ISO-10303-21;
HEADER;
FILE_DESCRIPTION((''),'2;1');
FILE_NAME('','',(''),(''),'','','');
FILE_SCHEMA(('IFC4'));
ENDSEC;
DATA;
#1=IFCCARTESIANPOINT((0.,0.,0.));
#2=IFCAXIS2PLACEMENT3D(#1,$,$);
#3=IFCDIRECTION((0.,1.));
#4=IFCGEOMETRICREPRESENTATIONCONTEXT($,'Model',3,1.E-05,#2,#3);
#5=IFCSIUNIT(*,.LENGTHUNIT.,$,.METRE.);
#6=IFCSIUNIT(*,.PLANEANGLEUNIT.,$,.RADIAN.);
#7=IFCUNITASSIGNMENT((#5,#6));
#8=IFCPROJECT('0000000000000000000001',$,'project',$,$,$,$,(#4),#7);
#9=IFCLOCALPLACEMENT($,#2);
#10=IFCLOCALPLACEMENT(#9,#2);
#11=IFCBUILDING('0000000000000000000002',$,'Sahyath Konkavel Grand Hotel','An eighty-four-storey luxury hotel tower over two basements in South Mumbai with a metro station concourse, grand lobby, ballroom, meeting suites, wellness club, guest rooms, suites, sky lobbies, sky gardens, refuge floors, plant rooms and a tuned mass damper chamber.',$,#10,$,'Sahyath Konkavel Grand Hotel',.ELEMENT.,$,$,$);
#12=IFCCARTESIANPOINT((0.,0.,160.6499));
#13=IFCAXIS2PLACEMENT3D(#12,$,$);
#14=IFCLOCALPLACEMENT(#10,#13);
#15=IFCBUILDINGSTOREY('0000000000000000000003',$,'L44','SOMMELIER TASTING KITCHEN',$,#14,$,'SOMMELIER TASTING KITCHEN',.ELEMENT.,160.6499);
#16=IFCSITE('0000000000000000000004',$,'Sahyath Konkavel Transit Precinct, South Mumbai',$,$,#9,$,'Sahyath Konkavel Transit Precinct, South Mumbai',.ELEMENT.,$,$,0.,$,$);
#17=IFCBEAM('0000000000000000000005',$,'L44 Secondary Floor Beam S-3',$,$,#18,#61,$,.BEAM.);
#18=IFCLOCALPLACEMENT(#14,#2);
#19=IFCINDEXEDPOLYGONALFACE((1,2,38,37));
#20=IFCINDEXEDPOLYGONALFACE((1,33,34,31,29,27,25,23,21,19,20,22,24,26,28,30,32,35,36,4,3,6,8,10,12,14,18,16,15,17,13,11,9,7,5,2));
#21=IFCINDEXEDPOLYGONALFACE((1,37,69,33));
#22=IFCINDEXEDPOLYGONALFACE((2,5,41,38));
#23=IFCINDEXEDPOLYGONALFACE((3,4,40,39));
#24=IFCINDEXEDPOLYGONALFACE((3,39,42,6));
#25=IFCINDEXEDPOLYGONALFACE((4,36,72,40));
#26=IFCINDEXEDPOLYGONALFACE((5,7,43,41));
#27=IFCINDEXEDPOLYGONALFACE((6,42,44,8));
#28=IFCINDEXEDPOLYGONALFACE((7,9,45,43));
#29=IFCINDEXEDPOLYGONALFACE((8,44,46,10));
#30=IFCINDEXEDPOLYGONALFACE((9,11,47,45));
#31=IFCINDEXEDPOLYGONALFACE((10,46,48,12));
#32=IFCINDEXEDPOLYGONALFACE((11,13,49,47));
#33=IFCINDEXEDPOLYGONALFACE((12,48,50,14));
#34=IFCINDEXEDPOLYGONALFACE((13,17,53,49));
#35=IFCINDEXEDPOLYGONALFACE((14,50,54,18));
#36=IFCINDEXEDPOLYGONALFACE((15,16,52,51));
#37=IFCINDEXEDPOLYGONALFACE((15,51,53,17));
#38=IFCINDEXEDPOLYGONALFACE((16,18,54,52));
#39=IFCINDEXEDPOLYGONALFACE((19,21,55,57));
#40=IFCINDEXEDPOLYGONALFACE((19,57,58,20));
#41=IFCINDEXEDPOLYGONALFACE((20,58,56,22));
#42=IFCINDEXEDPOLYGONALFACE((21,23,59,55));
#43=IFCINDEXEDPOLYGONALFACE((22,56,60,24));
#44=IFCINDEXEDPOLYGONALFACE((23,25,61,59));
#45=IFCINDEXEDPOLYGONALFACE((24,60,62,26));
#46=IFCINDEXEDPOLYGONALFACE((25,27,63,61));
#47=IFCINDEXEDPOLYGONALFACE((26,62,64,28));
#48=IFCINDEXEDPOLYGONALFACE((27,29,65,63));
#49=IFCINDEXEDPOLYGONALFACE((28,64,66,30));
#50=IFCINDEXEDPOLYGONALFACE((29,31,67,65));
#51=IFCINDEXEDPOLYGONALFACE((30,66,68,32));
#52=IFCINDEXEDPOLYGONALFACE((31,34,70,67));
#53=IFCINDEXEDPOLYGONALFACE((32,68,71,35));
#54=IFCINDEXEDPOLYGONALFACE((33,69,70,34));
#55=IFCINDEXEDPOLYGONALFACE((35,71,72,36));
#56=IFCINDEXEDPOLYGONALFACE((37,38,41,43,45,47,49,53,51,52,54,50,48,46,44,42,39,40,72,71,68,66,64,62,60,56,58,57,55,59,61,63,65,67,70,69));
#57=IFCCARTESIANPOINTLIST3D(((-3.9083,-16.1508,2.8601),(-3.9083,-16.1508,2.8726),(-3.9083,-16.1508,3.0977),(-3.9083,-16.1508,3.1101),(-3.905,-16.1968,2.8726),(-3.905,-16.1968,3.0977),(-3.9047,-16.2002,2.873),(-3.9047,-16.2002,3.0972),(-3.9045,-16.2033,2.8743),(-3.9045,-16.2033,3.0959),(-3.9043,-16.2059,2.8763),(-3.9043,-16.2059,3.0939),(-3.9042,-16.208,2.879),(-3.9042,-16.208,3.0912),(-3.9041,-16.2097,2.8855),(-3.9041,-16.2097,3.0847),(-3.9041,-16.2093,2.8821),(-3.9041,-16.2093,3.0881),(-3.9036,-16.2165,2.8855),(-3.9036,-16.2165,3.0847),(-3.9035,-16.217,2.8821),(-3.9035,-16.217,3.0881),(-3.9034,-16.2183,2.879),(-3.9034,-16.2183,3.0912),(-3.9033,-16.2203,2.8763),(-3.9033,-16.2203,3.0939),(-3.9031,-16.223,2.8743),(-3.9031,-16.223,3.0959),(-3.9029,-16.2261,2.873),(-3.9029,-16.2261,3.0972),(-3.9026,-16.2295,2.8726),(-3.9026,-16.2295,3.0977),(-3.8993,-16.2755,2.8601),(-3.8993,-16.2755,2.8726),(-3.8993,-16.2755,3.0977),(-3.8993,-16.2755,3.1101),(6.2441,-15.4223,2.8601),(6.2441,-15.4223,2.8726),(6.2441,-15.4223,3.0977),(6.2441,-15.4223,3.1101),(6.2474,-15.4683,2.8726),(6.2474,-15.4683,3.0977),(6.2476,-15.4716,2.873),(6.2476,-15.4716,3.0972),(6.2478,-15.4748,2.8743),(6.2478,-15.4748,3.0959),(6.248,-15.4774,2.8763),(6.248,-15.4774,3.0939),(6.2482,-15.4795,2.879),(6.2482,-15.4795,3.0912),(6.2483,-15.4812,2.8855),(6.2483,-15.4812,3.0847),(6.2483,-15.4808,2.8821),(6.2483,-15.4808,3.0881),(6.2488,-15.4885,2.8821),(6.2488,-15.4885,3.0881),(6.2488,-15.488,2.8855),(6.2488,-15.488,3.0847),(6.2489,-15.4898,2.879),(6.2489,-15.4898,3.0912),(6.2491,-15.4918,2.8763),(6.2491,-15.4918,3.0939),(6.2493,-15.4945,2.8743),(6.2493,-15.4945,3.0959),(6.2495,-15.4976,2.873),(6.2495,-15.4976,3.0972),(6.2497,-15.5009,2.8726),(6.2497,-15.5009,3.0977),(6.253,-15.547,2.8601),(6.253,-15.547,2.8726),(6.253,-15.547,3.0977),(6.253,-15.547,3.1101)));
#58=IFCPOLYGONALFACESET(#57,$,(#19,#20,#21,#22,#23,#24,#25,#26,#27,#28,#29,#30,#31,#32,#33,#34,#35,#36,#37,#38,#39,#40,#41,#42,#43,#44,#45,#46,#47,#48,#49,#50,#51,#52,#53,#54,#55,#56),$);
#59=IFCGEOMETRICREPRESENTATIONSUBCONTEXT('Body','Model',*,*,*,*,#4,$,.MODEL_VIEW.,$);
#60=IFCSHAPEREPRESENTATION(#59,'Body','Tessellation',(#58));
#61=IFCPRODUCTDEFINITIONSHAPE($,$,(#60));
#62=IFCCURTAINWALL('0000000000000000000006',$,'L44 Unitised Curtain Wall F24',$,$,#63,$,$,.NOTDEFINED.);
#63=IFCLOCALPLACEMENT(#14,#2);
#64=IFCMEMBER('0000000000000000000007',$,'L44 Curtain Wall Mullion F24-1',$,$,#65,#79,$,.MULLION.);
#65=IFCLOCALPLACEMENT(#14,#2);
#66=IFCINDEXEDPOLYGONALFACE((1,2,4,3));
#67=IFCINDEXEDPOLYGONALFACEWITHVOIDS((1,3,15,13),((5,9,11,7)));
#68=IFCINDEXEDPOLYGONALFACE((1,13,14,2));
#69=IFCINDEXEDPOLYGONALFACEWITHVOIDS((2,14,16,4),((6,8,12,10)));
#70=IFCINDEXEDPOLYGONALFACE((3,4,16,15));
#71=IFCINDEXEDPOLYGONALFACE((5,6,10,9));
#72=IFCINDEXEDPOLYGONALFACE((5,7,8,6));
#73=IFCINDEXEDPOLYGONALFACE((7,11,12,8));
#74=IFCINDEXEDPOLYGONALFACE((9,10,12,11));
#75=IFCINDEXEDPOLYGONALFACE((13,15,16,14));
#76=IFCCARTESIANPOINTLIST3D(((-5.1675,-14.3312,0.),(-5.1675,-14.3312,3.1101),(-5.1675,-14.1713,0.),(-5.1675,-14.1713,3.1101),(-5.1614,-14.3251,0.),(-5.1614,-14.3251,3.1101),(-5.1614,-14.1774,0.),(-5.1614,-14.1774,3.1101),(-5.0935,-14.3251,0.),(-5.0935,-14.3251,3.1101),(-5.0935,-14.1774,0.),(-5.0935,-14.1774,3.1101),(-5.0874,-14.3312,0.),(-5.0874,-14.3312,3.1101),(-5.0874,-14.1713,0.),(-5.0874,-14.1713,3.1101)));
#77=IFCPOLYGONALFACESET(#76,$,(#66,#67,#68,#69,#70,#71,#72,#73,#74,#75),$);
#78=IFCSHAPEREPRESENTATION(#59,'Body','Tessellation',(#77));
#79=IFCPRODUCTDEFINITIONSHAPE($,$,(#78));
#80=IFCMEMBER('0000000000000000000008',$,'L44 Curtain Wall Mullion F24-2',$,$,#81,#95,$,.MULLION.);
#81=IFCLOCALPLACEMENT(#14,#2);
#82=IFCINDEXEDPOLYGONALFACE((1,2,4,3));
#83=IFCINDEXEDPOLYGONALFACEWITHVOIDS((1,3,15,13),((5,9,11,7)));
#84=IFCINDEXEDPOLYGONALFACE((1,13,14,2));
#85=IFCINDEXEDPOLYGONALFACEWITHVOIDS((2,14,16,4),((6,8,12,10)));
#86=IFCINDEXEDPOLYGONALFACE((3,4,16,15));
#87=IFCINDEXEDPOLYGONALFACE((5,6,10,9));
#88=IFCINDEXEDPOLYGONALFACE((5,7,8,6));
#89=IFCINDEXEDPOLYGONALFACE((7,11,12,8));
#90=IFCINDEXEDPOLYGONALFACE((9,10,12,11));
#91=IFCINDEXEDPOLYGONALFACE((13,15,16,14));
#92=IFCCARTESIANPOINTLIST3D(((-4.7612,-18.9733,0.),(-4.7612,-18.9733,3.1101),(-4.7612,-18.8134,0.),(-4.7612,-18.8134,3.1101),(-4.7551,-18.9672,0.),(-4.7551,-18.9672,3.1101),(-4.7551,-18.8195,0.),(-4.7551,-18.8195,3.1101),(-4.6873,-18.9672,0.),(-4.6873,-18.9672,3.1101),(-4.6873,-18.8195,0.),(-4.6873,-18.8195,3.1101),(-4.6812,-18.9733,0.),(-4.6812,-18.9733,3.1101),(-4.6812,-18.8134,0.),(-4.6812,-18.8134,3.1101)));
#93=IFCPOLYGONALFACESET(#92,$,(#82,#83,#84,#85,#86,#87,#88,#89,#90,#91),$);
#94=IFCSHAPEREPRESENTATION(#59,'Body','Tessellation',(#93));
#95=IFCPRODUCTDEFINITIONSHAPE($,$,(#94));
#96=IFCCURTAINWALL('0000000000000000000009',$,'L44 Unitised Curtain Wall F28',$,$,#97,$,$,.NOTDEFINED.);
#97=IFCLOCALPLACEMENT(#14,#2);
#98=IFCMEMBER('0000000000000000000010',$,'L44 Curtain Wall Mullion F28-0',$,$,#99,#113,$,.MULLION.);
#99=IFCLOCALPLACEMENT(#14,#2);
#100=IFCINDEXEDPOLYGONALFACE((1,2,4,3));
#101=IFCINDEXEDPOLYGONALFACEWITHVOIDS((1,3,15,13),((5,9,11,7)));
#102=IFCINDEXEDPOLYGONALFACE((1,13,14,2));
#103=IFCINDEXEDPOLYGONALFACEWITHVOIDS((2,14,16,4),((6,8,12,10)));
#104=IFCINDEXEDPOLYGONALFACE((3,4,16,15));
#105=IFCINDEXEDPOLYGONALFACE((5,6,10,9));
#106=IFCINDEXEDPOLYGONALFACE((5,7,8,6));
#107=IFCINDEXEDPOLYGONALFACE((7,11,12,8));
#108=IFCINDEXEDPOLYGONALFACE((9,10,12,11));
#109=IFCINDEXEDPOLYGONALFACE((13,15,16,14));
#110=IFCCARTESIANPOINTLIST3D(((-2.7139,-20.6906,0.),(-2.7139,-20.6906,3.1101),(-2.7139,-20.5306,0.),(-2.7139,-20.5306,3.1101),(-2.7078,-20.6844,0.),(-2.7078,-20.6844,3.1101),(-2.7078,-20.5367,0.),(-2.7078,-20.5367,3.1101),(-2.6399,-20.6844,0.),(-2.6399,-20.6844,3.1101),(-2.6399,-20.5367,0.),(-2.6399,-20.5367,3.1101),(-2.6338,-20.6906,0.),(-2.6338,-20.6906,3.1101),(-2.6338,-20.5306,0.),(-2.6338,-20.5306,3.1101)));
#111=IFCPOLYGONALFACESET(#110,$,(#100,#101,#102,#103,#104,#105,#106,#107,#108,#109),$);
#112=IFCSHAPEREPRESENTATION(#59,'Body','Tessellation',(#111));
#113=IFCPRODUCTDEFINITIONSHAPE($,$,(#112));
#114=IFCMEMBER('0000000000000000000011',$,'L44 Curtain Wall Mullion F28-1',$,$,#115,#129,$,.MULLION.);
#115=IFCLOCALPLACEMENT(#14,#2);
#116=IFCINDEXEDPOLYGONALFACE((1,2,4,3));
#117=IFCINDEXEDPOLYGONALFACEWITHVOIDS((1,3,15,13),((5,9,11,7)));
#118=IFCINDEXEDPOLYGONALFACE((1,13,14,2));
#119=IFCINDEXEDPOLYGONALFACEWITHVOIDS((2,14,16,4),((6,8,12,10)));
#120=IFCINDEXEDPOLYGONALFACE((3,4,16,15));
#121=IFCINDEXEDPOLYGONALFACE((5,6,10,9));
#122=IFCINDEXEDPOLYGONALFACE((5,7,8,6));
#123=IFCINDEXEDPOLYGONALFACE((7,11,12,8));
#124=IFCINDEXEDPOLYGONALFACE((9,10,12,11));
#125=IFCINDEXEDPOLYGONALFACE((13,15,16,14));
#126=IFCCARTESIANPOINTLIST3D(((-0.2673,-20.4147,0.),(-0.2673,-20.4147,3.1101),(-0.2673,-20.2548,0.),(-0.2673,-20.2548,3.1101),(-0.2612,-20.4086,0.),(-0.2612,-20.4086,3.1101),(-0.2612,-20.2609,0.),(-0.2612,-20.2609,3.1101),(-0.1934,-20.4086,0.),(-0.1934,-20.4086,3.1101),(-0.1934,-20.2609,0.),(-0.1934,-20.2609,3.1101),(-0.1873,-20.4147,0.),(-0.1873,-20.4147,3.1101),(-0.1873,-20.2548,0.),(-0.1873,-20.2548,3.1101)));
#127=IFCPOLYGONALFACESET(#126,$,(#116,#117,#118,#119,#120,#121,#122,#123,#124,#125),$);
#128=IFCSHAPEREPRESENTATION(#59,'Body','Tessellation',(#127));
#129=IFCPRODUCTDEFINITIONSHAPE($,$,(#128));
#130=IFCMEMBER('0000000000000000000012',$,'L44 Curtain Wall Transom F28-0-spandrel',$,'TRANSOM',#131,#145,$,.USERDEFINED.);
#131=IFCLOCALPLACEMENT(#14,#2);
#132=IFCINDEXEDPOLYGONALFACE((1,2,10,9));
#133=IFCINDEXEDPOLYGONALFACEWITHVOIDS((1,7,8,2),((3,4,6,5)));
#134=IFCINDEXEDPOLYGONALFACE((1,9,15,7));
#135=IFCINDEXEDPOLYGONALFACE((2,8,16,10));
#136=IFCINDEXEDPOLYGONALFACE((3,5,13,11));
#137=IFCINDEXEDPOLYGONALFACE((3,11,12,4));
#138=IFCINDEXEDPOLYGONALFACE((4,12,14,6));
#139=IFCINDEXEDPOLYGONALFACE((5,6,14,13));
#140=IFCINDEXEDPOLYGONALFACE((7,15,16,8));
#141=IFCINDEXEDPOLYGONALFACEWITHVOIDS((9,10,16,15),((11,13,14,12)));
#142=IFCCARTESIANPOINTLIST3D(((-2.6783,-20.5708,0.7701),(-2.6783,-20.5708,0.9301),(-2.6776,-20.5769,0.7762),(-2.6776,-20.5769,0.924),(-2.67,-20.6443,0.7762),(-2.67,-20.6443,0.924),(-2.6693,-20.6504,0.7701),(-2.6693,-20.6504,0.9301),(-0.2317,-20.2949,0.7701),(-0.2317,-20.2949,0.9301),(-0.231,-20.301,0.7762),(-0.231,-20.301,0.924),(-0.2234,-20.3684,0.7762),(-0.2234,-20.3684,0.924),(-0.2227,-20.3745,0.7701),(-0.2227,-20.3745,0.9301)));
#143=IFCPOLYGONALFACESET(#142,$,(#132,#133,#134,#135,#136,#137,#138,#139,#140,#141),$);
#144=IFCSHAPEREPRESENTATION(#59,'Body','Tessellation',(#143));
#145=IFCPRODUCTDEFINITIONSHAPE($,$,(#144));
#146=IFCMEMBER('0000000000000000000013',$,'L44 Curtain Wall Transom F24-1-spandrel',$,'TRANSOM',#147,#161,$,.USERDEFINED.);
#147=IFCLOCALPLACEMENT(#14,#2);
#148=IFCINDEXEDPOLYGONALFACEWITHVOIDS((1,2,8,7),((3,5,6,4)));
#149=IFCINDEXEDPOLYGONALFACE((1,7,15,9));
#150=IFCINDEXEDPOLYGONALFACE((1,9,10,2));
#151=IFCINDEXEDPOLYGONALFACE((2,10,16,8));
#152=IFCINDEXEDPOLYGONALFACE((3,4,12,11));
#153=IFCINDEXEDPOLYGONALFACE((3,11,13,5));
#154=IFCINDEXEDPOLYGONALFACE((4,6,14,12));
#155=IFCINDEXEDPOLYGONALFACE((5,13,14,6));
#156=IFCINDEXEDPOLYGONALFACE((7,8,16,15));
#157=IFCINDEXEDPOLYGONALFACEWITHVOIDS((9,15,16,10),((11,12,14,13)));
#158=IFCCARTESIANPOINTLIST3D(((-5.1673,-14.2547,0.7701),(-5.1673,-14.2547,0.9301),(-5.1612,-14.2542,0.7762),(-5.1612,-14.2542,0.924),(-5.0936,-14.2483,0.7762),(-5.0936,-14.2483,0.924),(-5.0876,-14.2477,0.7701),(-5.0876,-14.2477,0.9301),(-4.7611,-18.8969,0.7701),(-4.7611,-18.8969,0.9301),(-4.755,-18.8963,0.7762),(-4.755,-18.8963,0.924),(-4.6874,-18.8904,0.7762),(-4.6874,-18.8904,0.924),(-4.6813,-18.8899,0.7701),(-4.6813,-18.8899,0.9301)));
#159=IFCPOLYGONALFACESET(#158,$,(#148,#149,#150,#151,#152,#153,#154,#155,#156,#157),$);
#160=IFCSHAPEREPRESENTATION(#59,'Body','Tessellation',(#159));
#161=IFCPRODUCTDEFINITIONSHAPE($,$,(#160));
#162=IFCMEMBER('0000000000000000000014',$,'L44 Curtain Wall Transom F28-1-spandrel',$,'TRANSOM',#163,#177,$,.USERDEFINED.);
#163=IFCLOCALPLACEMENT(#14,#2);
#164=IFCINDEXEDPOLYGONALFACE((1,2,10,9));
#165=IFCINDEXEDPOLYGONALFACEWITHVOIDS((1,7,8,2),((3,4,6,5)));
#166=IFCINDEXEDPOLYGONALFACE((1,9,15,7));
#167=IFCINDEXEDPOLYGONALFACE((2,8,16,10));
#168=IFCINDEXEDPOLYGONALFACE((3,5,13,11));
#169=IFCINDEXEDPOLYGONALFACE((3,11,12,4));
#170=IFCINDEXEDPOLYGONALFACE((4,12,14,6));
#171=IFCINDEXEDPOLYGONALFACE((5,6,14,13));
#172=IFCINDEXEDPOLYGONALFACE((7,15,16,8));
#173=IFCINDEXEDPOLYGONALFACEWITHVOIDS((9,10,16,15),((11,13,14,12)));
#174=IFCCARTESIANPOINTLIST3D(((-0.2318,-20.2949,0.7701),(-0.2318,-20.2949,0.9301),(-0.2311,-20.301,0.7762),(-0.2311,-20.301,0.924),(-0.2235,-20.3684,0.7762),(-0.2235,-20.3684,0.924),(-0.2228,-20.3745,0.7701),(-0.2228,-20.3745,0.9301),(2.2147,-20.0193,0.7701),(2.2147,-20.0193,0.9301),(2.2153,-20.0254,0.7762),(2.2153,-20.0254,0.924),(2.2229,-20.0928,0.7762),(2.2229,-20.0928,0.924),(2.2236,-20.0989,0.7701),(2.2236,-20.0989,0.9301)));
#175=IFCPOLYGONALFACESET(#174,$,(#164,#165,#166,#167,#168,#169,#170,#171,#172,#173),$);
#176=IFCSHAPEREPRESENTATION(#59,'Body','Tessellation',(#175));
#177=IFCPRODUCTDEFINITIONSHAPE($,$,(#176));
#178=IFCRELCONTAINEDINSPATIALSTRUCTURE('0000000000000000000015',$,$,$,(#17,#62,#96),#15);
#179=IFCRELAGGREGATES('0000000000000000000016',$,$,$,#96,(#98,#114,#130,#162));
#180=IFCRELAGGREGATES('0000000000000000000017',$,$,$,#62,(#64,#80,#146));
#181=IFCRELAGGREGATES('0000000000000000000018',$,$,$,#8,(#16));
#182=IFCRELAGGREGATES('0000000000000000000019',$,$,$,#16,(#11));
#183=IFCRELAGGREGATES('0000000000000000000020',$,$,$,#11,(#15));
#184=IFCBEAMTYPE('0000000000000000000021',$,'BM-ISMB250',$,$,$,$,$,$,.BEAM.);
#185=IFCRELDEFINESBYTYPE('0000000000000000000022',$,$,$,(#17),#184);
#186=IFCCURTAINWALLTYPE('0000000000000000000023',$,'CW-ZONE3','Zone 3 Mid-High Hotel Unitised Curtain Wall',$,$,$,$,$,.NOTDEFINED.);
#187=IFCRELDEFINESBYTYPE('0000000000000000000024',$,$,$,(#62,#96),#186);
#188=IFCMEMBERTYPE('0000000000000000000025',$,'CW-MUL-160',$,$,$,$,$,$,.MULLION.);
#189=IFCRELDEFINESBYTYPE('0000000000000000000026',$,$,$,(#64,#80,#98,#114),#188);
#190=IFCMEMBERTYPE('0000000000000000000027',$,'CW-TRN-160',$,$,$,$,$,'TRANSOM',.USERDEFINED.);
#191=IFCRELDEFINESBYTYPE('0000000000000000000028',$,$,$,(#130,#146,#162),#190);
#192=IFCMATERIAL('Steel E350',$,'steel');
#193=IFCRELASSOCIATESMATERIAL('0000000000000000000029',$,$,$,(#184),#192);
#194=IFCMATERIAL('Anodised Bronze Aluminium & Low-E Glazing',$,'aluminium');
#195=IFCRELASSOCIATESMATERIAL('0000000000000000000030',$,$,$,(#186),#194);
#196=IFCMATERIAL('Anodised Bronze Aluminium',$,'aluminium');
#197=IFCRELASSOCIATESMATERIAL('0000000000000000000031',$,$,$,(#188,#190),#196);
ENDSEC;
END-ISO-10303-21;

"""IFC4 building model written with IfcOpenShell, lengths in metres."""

from ifc_helpers import new_model, si_unit, direction, frame, origin, origin_2d, place, context, subcontext, project, spatial, hollow_rectangle, i_section, extrude, source, transform, mapped, material, material_profile, profile_set, type_object, element, aggregate, save


model = new_model("IFC4")

# Units and contexts
model_context = context("Model", 3, precision=1e-05, world=origin(), true_north=direction((0.0, 1.0)))
body_context = subcontext(model_context, "Body", "Model", "MODEL_VIEW")
ifc_project = project(units=[si_unit("LENGTHUNIT", "METRE"), si_unit("PLANEANGLEUNIT", "RADIAN")], contexts=[model_context])

# Site, building, storey
site_placement = place(None, origin())
site = spatial("IfcSite", under=ifc_project, at=site_placement, Name="Sahyath Konkavel Transit Precinct, South Mumbai", LongName="Sahyath Konkavel Transit Precinct, South Mumbai", CompositionType="ELEMENT", RefElevation=0.0)
building_placement = place(site_placement, origin())
building = spatial("IfcBuilding", under=site, at=building_placement, Name="Sahyath Konkavel Grand Hotel", Description="An eighty-four-storey luxury hotel tower over two basements in South Mumbai with a metro station concourse, grand lobby, ballroom, meeting suites, wellness club, guest rooms, suites, sky lobbies, sky gardens, refuge floors, plant rooms and a tuned mass damper chamber.", LongName="Sahyath Konkavel Grand Hotel", CompositionType="ELEMENT")
storey_placement = place(building_placement, frame((0.0, 0.0, 160.6499)))
storey = spatial("IfcBuildingStorey", under=building, at=storey_placement, Name="L44", Description="SOMMELIER TASTING KITCHEN", LongName="SOMMELIER TASTING KITCHEN", CompositionType="ELEMENT", Elevation=160.6499)

# Beam
ifc_material_1 = material(Name="Steel E350", Category="steel")
ifc_material_profile_1 = material_profile(ifc_material_1, i_section(OverallWidth=0.125, OverallDepth=0.25, WebThickness=0.0068, FlangeThickness=0.0125, FilletRadius=0.0129, at=origin_2d()), Name="ISMB 250")
ifc_profile_set_1 = profile_set([ifc_material_profile_1], Name="Steel E350")
beam_type_1 = type_object("IfcBeamType", Name="BM-ISMB250", PredefinedType="BEAM", material=ifc_profile_set_1)
shared_shape_1 = source(origin(), body_context, "Body", "SweptSolid", [
    extrude(i_section(OverallWidth=0.125, OverallDepth=0.25, WebThickness=0.0068, FlangeThickness=0.0125, FilletRadius=0.0129, at=origin_2d()), origin(), (0.0, 0.0, 1.0), 10.1785),
])
beam_1_placement = place(storey_placement, frame((-3.9038, -16.2131, 2.9851), z_axis=(0.997435, 0.071574, 0.0), x_axis=(-0.071574, 0.997435, 0.0)))
element("IfcBeam", 1, at=beam_1_placement, inside=storey, type_object=beam_type_1, Name="L44 Secondary Floor Beam S-3", PredefinedType="BEAM", context=body_context, shape_type="MappedRepresentation", body=[
    mapped(shared_shape_1, transform((0.0, 0.0, 0.0), scale=1.0)),
])

# Curtain walls, members
ifc_material_2 = material(Name="Anodised Bronze Aluminium & Low-E Glazing", Category="aluminium")
curtain_wall_type = type_object("IfcCurtainWallType", Name="CW-ZONE3", Description="Zone 3 Mid-High Hotel Unitised Curtain Wall", PredefinedType="NOTDEFINED", material=ifc_material_2)
curtain_wall_1_placement = place(storey_placement, origin())
curtain_wall_1 = element("IfcCurtainWall", 2, at=curtain_wall_1_placement, inside=storey, type_object=curtain_wall_type, Name="L44 Unitised Curtain Wall F24", PredefinedType="NOTDEFINED")
ifc_material_3 = material(Name="Anodised Bronze Aluminium", Category="aluminium")
ifc_material_profile_2 = material_profile(ifc_material_3, hollow_rectangle(XDim=0.0801, YDim=0.1599, WallThickness=0.0061, at=origin_2d()), Name="RHS 160x80x6")
ifc_profile_set_2 = profile_set([ifc_material_profile_2], Name="Anodised Bronze Aluminium")
member_type_1 = type_object("IfcMemberType", Name="CW-MUL-160", PredefinedType="MULLION", material=ifc_profile_set_2)
shared_shape_2 = source(origin(), body_context, "Body", "SweptSolid", [
    extrude(hollow_rectangle(XDim=0.0801, YDim=0.1599, WallThickness=0.0061, at=origin_2d()), origin(), (0.0, 0.0, 1.0), 3.1101),
])
member_1_placement = place(storey_placement, frame((-5.1274, -14.2512, 0.0), z_axis=(0.0, 0.0, 1.0), x_axis=(1.0, 0.0, 0.0)))
member_1 = element("IfcMember", 3, at=member_1_placement, type_object=member_type_1, Name="L44 Curtain Wall Mullion F24-1", PredefinedType="MULLION", context=body_context, shape_type="MappedRepresentation", body=[
    mapped(shared_shape_2, transform((0.0, 0.0, 0.0), scale=1.0)),
])
member_2_placement = place(storey_placement, frame((-4.7212, -18.8933, 0.0), z_axis=(0.0, 0.0, 1.0), x_axis=(1.0, 0.0, 0.0)))
member_2 = element("IfcMember", 4, at=member_2_placement, type_object=member_type_1, Name="L44 Curtain Wall Mullion F24-2", PredefinedType="MULLION", context=body_context, shape_type="MappedRepresentation", body=[
    mapped(shared_shape_2, transform((0.0, 0.0, 0.0), scale=1.0)),
])
curtain_wall_2_placement = place(storey_placement, origin())
curtain_wall_2 = element("IfcCurtainWall", 5, at=curtain_wall_2_placement, inside=storey, type_object=curtain_wall_type, Name="L44 Unitised Curtain Wall F28", PredefinedType="NOTDEFINED")
member_3_placement = place(storey_placement, frame((-2.6738, -20.6106, 0.0), z_axis=(0.0, 0.0, 1.0), x_axis=(1.0, 0.0, 0.0)))
member_3 = element("IfcMember", 6, at=member_3_placement, type_object=member_type_1, Name="L44 Curtain Wall Mullion F28-0", PredefinedType="MULLION", context=body_context, shape_type="MappedRepresentation", body=[
    mapped(shared_shape_2, transform((0.0, 0.0, 0.0), scale=1.0)),
])
member_4_placement = place(storey_placement, frame((-0.2273, -20.3347, 0.0), z_axis=(0.0, 0.0, 1.0), x_axis=(1.0, 0.0, 0.0)))
member_4 = element("IfcMember", 7, at=member_4_placement, type_object=member_type_1, Name="L44 Curtain Wall Mullion F28-1", PredefinedType="MULLION", context=body_context, shape_type="MappedRepresentation", body=[
    mapped(shared_shape_2, transform((0.0, 0.0, 0.0), scale=1.0)),
])
ifc_material_profile_3 = material_profile(ifc_material_3, hollow_rectangle(XDim=0.0801, YDim=0.1599, WallThickness=0.0061, at=origin_2d()), Name="RHS 160x80x6")
ifc_profile_set_3 = profile_set([ifc_material_profile_3], Name="Anodised Bronze Aluminium")
member_type_2 = type_object("IfcMemberType", Name="CW-TRN-160", ElementType="TRANSOM", PredefinedType="USERDEFINED", material=ifc_profile_set_3)
shared_shape_3 = source(origin(), body_context, "Body", "SweptSolid", [
    extrude(hollow_rectangle(XDim=0.0801, YDim=0.1599, WallThickness=0.0061, at=origin_2d()), origin(), (0.0, 0.0, 1.0), 2.4622),
])
member_5_placement = place(storey_placement, frame((-2.6738, -20.6106, 0.8501), z_axis=(0.993702, 0.112053, 0.0), x_axis=(-0.112053, 0.993702, 0.0)))
member_5 = element("IfcMember", 8, at=member_5_placement, type_object=member_type_2, Name="L44 Curtain Wall Transom F28-0-spandrel", ObjectType="TRANSOM", PredefinedType="USERDEFINED", context=body_context, shape_type="MappedRepresentation", body=[
    mapped(shared_shape_3, transform((0.0, 0.0, 0.0), scale=1.0)),
])

# Members
shared_shape_4 = source(origin(), body_context, "Body", "SweptSolid", [
    extrude(hollow_rectangle(XDim=0.0801, YDim=0.1599, WallThickness=0.0061, at=origin_2d()), origin(), (0.0, 0.0, 1.0), 4.6599),
])
member_6_placement = place(storey_placement, frame((-5.1274, -14.2512, 0.8501), z_axis=(0.087181, -0.996192, 0.0), x_axis=(0.996192, 0.087181, 0.0)))
member_6 = element("IfcMember", 9, at=member_6_placement, type_object=member_type_2, Name="L44 Curtain Wall Transom F24-1-spandrel", ObjectType="TRANSOM", PredefinedType="USERDEFINED", context=body_context, shape_type="MappedRepresentation", body=[
    mapped(shared_shape_4, transform((0.0, 0.0, 0.0), scale=1.0)),
])
shared_shape_5 = source(origin(), body_context, "Body", "SweptSolid", [
    extrude(hollow_rectangle(XDim=0.0801, YDim=0.1599, WallThickness=0.0061, at=origin_2d()), origin(), (0.0, 0.0, 1.0), 2.4619),
])
member_7_placement = place(storey_placement, frame((-0.2273, -20.3347, 0.8501), z_axis=(0.993713, 0.111955, 0.0), x_axis=(-0.111955, 0.993713, 0.0)))
member_7 = element("IfcMember", 10, at=member_7_placement, type_object=member_type_2, Name="L44 Curtain Wall Transom F28-1-spandrel", ObjectType="TRANSOM", PredefinedType="USERDEFINED", context=body_context, shape_type="MappedRepresentation", body=[
    mapped(shared_shape_5, transform((0.0, 0.0, 0.0), scale=1.0)),
])

aggregate(curtain_wall_2, [member_3, member_4, member_5, member_7])
aggregate(curtain_wall_1, [member_1, member_2, member_6])

save(model, "model.ifc")
